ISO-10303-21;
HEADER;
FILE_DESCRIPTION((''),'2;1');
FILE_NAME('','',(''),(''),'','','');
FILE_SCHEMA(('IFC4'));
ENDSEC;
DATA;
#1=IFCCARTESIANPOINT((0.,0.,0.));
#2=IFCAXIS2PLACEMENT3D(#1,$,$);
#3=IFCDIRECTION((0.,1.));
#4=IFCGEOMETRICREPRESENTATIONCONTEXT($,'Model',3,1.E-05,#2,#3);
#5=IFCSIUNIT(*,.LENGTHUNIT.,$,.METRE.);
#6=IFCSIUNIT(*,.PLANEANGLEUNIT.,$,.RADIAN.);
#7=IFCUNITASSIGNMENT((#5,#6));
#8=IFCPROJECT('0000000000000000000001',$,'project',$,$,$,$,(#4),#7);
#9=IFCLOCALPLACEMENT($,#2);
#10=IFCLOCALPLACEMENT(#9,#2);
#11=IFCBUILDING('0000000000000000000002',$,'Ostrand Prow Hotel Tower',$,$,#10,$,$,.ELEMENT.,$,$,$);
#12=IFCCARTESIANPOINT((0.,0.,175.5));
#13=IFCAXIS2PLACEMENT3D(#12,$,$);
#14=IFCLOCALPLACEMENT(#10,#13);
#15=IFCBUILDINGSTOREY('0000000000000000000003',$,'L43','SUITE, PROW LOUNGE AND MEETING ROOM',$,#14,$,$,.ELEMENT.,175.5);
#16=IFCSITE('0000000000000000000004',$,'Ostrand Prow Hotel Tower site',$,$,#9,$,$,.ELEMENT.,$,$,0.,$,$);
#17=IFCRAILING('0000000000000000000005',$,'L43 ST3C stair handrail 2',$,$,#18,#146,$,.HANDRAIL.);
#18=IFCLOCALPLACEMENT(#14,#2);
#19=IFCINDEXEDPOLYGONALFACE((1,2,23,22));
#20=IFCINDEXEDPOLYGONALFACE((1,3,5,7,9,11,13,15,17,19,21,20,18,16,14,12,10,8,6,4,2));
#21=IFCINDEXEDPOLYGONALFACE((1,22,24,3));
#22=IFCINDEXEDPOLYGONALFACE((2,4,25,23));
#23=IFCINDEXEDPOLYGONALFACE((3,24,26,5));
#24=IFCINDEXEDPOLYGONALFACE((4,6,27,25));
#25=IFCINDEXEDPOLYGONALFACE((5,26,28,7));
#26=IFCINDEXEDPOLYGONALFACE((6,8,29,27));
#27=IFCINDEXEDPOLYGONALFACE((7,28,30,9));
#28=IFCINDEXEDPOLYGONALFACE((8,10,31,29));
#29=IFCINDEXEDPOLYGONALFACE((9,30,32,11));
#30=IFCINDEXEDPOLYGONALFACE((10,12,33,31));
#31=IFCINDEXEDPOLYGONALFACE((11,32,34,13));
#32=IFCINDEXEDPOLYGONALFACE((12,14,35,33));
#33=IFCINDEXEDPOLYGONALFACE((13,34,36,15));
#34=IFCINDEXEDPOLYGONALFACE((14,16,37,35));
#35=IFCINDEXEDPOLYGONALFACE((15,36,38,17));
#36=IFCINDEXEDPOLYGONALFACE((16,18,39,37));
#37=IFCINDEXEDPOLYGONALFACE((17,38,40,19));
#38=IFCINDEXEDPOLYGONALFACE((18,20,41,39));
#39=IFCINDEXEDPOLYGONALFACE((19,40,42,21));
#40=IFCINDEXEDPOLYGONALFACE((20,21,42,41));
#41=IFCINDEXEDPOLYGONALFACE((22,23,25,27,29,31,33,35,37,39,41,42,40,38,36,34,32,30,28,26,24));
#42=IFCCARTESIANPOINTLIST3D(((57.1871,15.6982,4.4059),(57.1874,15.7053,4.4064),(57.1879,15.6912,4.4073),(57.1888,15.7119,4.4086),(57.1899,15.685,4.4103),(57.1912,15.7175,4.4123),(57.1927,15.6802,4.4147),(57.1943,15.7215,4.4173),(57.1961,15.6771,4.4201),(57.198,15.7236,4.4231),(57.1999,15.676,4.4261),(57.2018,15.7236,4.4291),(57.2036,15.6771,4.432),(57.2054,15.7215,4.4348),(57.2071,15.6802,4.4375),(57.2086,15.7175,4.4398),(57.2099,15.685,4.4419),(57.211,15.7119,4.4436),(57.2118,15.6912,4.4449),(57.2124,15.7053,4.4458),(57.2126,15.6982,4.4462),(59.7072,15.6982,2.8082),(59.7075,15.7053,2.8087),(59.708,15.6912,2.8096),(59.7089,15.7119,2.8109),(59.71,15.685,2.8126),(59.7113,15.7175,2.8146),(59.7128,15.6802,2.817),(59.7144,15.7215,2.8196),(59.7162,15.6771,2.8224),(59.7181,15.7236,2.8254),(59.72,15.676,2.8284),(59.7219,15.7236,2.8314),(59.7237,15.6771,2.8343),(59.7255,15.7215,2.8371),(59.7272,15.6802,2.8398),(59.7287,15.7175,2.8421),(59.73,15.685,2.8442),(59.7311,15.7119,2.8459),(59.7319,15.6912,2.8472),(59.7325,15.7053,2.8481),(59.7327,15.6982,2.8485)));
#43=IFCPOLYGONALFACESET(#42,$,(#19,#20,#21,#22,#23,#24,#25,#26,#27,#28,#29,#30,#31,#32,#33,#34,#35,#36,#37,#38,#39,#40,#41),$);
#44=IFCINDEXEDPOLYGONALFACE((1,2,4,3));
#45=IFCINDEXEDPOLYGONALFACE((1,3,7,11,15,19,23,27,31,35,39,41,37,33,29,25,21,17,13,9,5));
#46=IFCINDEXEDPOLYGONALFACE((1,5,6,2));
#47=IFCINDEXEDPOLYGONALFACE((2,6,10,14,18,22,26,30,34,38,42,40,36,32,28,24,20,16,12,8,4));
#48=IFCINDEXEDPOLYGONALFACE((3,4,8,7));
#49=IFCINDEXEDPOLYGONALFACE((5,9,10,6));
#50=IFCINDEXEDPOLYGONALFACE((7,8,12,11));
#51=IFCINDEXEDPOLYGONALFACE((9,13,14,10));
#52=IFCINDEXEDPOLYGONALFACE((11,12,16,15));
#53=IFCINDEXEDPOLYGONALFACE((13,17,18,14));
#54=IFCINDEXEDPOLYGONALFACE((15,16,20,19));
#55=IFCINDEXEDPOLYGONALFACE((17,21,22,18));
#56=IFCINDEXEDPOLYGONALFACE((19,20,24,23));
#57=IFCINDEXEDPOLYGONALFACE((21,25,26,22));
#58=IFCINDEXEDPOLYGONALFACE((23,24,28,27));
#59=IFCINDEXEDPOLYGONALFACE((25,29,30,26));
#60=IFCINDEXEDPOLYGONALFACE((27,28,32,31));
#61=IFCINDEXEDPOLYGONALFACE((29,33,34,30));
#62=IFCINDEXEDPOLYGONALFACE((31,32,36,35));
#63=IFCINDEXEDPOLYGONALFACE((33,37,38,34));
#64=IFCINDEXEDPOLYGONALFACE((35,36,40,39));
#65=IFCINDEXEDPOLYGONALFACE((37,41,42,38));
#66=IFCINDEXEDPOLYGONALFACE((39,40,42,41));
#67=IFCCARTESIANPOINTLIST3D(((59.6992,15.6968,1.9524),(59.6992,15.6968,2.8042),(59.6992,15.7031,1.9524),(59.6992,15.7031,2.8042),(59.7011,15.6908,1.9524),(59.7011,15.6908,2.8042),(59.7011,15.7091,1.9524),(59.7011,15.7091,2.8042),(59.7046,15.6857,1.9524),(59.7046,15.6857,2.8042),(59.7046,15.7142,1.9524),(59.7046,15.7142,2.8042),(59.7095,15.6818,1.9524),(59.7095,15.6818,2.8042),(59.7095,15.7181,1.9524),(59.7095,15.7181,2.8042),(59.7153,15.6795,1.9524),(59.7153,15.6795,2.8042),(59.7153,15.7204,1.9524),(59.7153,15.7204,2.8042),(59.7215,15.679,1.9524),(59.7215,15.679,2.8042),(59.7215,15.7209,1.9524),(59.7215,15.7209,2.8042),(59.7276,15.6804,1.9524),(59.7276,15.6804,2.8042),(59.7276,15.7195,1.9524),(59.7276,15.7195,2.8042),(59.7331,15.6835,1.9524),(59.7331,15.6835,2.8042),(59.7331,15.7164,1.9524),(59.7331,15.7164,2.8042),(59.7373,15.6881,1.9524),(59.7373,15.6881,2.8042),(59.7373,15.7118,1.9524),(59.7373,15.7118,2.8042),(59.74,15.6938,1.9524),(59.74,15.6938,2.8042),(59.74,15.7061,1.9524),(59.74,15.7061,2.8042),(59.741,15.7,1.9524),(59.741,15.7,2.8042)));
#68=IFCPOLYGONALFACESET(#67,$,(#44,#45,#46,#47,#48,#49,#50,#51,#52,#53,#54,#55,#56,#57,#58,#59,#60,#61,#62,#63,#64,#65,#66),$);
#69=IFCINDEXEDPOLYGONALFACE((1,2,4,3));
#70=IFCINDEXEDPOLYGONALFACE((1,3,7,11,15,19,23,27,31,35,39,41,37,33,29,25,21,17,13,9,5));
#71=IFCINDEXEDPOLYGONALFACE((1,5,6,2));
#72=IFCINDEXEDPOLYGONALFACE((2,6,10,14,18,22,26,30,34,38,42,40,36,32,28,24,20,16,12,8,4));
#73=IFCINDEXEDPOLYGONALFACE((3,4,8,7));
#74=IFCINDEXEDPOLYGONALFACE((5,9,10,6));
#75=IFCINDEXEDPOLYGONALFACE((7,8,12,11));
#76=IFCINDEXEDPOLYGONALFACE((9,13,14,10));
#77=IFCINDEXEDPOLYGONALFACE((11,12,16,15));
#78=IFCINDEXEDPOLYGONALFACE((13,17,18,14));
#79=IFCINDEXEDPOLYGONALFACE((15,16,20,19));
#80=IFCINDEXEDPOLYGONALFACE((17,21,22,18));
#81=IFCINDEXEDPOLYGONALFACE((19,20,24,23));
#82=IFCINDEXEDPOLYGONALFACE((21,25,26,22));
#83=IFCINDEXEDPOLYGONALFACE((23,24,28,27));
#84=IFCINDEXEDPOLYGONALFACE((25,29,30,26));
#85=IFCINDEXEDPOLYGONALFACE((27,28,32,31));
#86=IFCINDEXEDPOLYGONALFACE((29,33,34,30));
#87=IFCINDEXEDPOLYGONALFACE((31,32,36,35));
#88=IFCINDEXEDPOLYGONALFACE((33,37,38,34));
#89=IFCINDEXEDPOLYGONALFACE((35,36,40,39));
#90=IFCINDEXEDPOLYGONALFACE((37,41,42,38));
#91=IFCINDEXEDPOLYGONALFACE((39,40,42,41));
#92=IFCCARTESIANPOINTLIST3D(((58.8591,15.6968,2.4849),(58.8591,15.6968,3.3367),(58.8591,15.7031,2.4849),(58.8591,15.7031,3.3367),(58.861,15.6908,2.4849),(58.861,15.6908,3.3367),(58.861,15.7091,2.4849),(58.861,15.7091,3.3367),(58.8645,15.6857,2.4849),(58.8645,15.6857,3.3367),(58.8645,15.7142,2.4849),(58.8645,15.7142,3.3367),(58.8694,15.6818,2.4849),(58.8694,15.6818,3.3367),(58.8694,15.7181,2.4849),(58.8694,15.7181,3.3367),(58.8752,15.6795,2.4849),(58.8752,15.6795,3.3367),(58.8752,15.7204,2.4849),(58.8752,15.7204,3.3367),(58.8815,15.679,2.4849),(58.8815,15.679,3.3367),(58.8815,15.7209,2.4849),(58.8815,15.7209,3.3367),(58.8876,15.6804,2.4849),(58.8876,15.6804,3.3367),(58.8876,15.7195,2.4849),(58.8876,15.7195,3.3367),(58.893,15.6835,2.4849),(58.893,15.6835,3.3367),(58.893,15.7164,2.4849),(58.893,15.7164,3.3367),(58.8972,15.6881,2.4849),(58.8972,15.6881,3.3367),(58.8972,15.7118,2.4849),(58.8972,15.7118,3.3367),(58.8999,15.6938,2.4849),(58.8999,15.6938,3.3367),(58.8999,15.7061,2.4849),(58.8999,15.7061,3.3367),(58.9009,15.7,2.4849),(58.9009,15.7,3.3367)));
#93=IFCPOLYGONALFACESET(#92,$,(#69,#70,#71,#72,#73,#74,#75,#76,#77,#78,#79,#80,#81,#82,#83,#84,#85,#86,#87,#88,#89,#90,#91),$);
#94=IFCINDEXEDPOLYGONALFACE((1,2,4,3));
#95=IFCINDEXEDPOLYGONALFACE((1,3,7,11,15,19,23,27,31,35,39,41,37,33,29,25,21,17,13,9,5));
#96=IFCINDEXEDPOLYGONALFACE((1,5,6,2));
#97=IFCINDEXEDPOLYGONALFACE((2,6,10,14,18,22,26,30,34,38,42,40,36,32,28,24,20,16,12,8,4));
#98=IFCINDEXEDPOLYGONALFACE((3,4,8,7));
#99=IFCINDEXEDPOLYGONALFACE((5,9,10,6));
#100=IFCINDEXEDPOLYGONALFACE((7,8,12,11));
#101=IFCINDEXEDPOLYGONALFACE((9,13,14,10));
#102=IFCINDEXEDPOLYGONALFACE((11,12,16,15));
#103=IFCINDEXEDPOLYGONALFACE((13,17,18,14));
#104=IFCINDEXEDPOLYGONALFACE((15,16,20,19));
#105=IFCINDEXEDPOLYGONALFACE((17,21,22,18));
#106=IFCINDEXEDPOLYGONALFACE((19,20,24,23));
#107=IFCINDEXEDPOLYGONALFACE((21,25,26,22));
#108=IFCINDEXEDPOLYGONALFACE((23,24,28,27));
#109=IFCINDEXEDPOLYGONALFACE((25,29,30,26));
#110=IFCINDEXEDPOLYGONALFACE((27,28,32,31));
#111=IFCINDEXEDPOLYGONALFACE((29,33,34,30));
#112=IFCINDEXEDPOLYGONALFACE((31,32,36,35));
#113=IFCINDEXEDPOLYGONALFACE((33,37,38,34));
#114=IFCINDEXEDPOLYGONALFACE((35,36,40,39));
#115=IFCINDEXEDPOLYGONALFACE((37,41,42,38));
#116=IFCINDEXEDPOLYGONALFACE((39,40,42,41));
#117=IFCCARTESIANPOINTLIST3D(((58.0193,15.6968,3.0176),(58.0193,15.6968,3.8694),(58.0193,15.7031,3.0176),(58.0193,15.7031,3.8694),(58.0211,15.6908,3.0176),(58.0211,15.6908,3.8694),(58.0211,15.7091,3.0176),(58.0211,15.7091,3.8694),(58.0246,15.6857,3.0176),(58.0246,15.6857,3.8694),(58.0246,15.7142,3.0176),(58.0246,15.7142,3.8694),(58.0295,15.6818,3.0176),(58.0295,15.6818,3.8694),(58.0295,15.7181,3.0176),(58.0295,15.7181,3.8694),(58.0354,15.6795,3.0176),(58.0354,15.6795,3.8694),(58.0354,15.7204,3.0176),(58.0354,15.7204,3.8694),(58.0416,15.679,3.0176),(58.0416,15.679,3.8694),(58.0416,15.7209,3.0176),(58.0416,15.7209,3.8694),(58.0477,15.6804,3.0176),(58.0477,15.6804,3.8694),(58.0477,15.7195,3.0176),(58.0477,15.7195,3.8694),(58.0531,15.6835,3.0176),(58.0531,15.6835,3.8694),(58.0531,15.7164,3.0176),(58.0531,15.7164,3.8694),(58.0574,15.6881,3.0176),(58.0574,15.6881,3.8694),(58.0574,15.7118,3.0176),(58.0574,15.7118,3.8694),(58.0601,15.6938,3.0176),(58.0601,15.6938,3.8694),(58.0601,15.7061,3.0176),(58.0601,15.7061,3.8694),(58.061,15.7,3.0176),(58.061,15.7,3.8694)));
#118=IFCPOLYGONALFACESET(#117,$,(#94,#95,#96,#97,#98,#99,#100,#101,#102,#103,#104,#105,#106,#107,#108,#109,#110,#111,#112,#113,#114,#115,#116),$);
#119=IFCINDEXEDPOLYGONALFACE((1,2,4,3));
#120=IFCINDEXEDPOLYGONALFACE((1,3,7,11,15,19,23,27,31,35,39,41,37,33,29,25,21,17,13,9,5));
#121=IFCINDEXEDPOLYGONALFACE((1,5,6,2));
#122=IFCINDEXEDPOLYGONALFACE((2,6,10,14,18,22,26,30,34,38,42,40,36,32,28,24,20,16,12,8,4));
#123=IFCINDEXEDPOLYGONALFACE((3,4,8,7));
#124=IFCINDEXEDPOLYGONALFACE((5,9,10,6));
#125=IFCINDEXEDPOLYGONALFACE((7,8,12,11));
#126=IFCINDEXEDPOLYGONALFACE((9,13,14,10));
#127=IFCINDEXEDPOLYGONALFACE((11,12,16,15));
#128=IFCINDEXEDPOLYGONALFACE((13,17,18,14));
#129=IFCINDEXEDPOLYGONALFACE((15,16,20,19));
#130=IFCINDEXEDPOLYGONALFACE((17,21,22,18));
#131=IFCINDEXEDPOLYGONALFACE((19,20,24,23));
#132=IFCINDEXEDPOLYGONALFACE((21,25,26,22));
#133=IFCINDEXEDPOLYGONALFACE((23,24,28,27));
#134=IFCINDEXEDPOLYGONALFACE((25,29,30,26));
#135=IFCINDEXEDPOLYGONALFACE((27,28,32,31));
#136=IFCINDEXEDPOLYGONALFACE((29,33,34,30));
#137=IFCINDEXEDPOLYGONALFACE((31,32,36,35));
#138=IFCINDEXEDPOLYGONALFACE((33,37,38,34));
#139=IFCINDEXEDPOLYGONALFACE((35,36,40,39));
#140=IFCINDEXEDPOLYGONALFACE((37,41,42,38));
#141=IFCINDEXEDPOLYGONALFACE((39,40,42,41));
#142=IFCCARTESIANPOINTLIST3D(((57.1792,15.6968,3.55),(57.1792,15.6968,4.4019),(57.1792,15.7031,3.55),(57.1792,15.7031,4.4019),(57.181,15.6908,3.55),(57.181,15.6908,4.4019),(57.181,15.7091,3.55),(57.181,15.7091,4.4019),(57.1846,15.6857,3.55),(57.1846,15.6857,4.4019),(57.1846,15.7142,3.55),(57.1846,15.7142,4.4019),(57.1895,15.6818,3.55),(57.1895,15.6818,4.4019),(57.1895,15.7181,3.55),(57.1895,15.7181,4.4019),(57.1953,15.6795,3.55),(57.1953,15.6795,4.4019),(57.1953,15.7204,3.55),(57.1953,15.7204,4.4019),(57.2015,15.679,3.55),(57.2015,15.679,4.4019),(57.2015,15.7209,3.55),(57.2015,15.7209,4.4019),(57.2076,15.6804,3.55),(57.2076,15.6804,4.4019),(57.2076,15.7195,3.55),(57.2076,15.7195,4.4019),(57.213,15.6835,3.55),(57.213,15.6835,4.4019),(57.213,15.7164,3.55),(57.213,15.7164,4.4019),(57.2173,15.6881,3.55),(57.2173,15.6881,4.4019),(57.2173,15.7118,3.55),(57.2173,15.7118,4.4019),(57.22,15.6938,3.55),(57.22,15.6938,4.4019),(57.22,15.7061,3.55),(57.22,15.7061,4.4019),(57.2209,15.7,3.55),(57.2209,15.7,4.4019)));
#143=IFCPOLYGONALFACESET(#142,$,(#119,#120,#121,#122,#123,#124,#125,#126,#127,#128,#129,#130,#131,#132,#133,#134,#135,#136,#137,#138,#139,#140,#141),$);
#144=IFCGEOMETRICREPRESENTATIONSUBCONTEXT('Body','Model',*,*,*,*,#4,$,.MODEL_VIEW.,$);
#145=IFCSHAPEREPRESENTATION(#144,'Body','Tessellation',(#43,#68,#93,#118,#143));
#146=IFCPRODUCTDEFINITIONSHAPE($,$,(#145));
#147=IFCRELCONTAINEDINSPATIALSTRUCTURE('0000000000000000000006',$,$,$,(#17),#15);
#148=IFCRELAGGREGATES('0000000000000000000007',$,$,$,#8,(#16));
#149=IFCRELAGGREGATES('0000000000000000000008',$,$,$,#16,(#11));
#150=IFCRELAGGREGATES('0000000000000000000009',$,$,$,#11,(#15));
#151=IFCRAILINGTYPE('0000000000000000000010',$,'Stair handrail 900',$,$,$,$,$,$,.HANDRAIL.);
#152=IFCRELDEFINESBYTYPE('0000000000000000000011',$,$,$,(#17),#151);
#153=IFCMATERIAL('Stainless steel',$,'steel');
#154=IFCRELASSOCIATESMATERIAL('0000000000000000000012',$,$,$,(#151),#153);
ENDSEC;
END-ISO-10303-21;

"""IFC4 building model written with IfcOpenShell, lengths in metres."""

from ifc_helpers import new_model, si_unit, direction, frame, origin, origin_2d, place, context, subcontext, project, spatial, circle, extrude, material, type_object, element, save


model = new_model("IFC4")

# Units and contexts
model_context = context("Model", 3, precision=1e-05, world=origin(), true_north=direction((0.0, 1.0)))
body_context = subcontext(model_context, "Body", "Model", "MODEL_VIEW")
ifc_project = project(units=[si_unit("LENGTHUNIT", "METRE"), si_unit("PLANEANGLEUNIT", "RADIAN")], contexts=[model_context])

# Site, building, storey
site_placement = place(None, origin())
site = spatial("IfcSite", under=ifc_project, at=site_placement, Name="Ostrand Prow Hotel Tower site", CompositionType="ELEMENT", RefElevation=0.0)
building_placement = place(site_placement, origin())
building = spatial("IfcBuilding", under=site, at=building_placement, Name="Ostrand Prow Hotel Tower", CompositionType="ELEMENT")
storey_placement = place(building_placement, frame((0.0, 0.0, 175.5)))
storey = spatial("IfcBuildingStorey", under=building, at=storey_placement, Name="L43", Description="SUITE, PROW LOUNGE AND MEETING ROOM", CompositionType="ELEMENT", Elevation=175.5)

# Railing
ifc_material_1 = material(Name="Stainless steel", Category="steel")
railing_type_1 = type_object("IfcRailingType", Name="Stair handrail 900", PredefinedType="HANDRAIL", material=ifc_material_1)
railing_1_placement = place(storey_placement, frame((59.72, 15.7, 1.9524)))
element("IfcRailing", 1, at=railing_1_placement, inside=storey, type_object=railing_type_1, Name="L43 ST3C stair handrail 2", PredefinedType="HANDRAIL", context=body_context, shape_type="SweptSolid", body=[
    extrude(circle(Radius=0.0239, at=origin_2d()), frame((0.0, 0.0, 0.876), z_axis=(-0.84457, 0.0, 0.535445), x_axis=(0.0, -1.0, 0.0)), (0.0, 0.0, 1.0), 2.9839),
    extrude(circle(Radius=0.021, at=origin_2d()), origin(), (0.0, 0.0, 1.0), 0.8518),
    extrude(circle(Radius=0.021, at=origin_2d()), frame((-0.8401, 0.0, 0.5325)), (0.0, 0.0, 1.0), 0.8518),
    extrude(circle(Radius=0.021, at=origin_2d()), frame((-1.6799, 0.0, 1.0652)), (0.0, 0.0, 1.0), 0.8518),
    extrude(circle(Radius=0.021, at=origin_2d()), frame((-2.52, 0.0, 1.5977)), (0.0, 0.0, 1.0), 0.8518),
])

save(model, "model.ifc")
